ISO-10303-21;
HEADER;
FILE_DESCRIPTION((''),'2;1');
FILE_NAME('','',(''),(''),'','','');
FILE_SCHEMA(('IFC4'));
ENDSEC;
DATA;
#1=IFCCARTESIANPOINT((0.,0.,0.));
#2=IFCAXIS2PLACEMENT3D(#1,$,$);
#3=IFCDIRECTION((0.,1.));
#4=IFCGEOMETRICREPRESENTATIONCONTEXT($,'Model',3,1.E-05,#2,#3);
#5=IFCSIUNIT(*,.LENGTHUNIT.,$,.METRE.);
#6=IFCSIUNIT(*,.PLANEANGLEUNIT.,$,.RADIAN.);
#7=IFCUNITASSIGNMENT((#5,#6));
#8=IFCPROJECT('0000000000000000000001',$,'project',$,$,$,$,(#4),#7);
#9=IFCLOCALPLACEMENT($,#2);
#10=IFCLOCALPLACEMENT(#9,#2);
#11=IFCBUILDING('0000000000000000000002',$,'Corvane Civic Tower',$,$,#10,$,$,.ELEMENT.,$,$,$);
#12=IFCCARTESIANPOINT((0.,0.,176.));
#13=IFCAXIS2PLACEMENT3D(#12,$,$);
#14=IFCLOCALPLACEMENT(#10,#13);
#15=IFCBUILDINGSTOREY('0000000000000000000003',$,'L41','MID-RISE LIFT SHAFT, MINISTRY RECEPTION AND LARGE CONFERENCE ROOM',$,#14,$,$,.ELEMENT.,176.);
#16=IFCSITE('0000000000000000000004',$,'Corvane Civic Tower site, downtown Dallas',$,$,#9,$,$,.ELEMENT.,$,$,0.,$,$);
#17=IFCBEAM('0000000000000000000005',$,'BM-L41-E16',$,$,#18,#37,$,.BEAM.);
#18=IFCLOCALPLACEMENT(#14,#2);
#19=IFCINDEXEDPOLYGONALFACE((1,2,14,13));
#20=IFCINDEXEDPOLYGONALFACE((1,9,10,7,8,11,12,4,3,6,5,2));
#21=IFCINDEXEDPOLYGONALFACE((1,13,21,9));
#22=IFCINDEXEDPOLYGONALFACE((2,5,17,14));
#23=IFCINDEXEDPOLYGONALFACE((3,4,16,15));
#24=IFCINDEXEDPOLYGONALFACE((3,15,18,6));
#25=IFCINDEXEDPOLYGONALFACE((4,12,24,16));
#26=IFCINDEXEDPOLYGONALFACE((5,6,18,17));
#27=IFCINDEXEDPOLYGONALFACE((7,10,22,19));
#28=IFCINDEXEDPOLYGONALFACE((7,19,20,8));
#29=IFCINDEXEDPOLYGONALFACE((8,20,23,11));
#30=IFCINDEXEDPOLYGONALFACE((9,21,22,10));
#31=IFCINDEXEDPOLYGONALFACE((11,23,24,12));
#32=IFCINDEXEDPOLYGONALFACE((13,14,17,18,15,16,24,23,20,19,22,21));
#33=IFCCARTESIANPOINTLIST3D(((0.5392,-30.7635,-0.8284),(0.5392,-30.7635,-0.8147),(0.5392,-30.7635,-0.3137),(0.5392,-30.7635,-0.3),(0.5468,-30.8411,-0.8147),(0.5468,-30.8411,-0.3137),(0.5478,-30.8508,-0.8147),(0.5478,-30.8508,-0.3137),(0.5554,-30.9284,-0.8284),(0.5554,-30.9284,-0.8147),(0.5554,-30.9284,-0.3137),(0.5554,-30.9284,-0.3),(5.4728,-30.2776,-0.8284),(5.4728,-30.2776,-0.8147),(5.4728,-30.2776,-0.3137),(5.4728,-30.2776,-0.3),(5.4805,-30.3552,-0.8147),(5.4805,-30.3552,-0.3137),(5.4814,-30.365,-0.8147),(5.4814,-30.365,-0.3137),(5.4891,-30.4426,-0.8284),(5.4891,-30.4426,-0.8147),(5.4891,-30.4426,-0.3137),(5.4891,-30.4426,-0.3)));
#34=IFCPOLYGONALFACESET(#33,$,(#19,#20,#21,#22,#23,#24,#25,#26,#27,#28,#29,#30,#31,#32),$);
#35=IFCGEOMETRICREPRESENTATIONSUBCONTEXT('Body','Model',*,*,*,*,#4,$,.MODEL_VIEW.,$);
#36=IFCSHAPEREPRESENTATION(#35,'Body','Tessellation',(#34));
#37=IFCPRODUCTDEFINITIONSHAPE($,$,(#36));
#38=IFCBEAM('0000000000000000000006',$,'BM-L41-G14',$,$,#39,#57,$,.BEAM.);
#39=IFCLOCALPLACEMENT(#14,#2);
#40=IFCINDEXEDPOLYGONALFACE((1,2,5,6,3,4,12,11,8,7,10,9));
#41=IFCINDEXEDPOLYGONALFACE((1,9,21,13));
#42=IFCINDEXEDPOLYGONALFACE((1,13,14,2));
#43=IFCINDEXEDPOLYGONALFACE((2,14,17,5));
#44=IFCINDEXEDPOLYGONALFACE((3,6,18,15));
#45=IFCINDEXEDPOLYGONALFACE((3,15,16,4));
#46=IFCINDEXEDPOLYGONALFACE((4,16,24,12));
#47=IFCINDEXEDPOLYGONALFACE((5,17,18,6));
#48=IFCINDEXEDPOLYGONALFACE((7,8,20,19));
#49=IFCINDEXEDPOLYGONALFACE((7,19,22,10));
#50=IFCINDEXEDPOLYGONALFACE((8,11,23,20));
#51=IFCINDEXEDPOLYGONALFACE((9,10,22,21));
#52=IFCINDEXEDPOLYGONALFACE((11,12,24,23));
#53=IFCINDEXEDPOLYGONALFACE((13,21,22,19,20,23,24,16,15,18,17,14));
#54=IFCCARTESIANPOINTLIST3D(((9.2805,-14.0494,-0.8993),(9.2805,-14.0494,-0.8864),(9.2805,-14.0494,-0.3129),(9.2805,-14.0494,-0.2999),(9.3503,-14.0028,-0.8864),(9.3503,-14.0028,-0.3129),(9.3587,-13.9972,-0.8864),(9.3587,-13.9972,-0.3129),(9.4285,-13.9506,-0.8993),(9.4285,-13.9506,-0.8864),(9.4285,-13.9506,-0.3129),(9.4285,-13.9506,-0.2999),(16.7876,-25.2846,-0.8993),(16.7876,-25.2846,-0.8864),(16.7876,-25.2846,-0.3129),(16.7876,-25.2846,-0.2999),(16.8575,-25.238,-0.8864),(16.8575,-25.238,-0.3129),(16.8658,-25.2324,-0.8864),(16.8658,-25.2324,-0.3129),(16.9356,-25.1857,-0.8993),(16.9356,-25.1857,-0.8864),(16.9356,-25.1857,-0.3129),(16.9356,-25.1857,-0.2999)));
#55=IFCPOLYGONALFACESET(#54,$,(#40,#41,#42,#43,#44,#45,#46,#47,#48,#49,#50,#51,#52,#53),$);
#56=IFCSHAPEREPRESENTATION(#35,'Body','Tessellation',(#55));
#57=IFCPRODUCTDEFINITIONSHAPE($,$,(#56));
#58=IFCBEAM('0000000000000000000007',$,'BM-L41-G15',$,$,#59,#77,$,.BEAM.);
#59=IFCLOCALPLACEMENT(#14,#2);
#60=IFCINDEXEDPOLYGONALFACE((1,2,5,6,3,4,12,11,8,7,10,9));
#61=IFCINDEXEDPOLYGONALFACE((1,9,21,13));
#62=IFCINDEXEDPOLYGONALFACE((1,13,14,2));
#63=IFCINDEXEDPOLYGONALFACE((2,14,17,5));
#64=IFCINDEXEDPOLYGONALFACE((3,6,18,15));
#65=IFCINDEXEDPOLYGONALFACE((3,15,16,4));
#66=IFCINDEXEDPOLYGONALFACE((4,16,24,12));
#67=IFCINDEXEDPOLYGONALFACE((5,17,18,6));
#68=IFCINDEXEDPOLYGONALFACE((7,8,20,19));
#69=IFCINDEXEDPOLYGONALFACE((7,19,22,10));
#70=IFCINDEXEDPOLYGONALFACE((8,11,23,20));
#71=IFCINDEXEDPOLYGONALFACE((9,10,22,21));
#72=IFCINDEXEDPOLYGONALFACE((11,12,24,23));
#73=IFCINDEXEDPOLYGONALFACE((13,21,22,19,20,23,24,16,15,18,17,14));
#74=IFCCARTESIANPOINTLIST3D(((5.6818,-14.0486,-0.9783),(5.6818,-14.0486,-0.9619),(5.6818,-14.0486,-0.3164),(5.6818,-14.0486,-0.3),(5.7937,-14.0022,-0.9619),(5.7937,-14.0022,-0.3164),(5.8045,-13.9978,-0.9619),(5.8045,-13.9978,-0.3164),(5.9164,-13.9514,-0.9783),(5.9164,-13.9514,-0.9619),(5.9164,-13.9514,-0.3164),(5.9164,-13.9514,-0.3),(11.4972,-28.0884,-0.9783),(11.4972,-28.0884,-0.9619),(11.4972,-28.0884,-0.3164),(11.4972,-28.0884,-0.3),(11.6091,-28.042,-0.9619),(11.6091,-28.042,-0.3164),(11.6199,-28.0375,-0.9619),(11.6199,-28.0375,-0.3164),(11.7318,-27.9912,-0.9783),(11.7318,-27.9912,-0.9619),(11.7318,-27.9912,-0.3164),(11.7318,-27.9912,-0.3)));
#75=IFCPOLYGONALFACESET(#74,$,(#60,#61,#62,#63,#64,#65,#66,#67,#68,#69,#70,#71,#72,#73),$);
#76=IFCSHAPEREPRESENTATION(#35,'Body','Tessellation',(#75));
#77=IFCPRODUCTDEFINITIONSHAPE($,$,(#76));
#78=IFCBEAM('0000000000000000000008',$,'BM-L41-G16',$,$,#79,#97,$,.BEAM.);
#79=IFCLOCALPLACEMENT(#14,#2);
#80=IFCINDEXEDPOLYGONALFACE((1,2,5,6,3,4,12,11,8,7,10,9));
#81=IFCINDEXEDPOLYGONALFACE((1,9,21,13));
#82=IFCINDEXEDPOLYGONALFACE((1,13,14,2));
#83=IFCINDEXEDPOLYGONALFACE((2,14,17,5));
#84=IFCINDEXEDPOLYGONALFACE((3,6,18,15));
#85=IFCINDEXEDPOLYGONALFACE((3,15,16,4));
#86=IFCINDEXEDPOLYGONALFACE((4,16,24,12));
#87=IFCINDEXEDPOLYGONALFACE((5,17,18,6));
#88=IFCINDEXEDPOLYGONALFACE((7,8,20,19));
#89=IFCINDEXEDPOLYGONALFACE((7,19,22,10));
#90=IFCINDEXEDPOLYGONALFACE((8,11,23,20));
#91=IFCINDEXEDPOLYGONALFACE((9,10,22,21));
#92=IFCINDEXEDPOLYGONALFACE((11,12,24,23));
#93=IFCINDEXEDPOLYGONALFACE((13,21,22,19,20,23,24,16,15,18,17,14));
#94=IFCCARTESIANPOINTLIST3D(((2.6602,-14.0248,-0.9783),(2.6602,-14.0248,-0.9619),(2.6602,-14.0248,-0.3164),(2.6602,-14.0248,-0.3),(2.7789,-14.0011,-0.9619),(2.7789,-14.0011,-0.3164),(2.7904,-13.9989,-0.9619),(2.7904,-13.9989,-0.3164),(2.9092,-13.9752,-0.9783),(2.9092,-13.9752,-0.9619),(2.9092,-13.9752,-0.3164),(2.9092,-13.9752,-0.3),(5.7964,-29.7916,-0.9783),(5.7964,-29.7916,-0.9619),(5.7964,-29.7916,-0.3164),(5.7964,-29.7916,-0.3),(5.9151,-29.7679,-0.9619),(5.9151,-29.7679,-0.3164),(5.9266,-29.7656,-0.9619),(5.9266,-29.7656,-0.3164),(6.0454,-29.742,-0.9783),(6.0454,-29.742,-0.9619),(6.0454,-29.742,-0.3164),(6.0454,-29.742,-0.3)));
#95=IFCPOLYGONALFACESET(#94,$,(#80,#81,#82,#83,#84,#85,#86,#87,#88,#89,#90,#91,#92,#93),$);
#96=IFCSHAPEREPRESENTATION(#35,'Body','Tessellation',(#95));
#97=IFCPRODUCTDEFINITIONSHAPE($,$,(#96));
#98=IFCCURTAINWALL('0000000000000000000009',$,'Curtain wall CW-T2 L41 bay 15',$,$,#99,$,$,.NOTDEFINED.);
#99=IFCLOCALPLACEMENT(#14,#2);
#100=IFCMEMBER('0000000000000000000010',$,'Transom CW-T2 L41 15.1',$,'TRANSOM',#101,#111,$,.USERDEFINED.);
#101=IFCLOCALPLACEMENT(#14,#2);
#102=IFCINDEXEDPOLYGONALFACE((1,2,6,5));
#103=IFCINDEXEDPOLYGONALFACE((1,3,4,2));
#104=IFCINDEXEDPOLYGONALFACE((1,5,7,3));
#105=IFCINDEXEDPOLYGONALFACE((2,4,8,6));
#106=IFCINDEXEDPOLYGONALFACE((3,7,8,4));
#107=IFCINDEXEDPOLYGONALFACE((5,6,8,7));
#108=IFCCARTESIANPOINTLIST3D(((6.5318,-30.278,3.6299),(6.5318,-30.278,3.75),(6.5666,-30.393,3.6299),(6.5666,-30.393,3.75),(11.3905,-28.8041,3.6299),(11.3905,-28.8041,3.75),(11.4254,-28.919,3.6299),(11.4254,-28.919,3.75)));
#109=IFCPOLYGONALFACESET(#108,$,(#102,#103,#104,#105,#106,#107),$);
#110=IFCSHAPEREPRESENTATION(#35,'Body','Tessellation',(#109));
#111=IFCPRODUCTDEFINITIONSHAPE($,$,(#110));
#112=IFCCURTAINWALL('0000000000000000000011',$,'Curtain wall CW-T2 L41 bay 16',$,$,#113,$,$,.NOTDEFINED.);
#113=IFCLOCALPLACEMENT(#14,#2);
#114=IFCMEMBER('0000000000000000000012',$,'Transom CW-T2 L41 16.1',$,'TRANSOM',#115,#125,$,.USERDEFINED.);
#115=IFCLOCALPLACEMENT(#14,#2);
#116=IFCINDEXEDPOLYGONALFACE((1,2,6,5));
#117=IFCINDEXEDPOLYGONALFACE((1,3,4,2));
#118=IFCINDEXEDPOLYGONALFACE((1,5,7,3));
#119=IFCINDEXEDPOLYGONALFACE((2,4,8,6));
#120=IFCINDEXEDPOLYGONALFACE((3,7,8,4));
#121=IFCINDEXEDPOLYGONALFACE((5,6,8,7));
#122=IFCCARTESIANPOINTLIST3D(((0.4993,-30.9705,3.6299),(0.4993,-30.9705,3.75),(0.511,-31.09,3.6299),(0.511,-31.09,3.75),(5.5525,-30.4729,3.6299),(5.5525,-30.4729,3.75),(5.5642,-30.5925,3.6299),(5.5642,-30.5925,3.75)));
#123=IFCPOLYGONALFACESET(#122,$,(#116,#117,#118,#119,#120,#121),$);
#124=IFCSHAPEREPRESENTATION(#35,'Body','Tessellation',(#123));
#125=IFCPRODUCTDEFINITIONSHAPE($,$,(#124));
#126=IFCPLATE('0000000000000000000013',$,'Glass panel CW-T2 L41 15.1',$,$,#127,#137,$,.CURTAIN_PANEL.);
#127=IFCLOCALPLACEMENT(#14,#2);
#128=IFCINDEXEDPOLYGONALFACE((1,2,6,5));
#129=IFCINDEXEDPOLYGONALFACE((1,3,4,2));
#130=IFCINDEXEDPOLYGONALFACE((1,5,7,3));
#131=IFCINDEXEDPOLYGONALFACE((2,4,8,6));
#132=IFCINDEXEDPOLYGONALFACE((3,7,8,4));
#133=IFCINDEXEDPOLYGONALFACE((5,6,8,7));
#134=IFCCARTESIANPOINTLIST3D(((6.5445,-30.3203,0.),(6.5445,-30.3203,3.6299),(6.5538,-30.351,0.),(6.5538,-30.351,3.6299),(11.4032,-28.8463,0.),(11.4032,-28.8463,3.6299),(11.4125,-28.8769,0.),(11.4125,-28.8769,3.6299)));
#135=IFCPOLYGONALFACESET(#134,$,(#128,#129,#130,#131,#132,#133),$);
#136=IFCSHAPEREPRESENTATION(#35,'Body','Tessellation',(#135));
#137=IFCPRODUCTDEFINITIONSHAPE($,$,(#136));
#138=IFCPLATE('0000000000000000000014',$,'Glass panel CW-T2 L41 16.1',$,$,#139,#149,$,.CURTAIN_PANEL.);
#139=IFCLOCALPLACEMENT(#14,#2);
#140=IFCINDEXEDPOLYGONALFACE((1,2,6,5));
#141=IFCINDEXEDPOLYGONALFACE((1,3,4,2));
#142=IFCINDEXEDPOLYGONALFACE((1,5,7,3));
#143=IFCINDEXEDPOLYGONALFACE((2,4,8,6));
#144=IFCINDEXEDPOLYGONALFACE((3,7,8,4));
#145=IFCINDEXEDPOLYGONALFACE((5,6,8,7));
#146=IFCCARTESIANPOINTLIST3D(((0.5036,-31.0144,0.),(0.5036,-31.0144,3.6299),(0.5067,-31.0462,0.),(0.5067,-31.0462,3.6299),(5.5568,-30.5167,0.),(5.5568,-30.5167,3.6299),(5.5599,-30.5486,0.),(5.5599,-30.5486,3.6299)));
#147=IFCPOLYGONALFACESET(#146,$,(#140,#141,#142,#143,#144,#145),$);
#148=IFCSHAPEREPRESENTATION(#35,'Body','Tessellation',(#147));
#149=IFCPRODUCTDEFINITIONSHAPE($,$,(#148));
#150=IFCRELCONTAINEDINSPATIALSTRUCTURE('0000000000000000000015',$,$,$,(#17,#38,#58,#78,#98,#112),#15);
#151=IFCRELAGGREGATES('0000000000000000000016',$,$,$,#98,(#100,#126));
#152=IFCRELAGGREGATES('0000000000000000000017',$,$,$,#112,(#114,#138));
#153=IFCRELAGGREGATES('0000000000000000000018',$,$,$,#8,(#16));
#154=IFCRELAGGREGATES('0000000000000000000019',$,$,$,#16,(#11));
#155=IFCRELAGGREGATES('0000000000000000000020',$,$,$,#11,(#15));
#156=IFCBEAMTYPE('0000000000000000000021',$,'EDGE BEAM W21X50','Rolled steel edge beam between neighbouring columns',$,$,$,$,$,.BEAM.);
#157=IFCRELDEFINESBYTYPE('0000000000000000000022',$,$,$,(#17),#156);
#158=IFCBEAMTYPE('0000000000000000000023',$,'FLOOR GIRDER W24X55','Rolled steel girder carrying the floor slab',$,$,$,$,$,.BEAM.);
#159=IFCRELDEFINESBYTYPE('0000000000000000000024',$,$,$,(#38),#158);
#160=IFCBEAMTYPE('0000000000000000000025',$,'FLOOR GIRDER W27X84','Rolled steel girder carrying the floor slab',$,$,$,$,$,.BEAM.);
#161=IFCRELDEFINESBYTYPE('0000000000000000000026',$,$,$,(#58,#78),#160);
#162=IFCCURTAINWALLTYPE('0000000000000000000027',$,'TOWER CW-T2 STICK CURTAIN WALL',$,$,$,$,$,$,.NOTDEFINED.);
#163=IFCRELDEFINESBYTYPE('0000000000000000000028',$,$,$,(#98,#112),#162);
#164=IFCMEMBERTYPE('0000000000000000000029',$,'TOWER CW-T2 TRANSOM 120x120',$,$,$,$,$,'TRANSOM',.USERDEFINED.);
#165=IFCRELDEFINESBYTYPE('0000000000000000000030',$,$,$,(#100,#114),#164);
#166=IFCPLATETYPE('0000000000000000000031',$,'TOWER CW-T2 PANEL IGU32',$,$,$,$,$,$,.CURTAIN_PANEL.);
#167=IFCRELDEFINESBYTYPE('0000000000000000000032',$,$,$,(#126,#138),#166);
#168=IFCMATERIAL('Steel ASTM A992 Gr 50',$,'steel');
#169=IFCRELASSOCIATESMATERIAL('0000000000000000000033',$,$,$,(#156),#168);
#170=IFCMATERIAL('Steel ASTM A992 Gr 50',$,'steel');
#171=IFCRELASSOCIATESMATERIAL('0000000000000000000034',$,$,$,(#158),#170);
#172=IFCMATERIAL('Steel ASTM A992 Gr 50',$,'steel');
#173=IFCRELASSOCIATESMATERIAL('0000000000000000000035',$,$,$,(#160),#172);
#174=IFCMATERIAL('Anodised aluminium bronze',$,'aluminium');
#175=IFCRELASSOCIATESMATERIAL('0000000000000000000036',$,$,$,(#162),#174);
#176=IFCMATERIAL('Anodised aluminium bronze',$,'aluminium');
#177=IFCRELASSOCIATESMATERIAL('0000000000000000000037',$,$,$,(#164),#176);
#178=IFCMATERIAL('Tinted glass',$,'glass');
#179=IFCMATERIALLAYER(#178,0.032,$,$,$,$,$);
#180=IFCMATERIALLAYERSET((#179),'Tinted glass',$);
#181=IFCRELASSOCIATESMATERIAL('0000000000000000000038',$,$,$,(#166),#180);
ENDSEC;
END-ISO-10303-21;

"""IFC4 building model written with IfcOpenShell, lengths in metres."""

from ifc_helpers import new_model, si_unit, direction, frame, origin, origin_2d, place, context, subcontext, project, spatial, rectangle, i_section, extrude, material, layer, layer_set, material_profile, profile_set, type_object, element, aggregate, save


model = new_model("IFC4")

# Units and contexts
model_context = context("Model", 3, precision=1e-05, world=origin(), true_north=direction((0.0, 1.0)))
body_context = subcontext(model_context, "Body", "Model", "MODEL_VIEW")
ifc_project = project(units=[si_unit("LENGTHUNIT", "METRE"), si_unit("PLANEANGLEUNIT", "RADIAN")], contexts=[model_context])

# Site, building, storey
site_placement = place(None, origin())
site = spatial("IfcSite", under=ifc_project, at=site_placement, Name="Corvane Civic Tower site, downtown Dallas", CompositionType="ELEMENT", RefElevation=0.0)
building_placement = place(site_placement, origin())
building = spatial("IfcBuilding", under=site, at=building_placement, Name="Corvane Civic Tower", CompositionType="ELEMENT")
storey_placement = place(building_placement, frame((0.0, 0.0, 176.0)))
storey = spatial("IfcBuildingStorey", under=building, at=storey_placement, Name="L41", Description="MID-RISE LIFT SHAFT, MINISTRY RECEPTION AND LARGE CONFERENCE ROOM", CompositionType="ELEMENT", Elevation=176.0)

# Beams
ifc_material_1 = material(Name="Steel ASTM A992 Gr 50", Category="steel")
ifc_material_profile_1 = material_profile(ifc_material_1, i_section(OverallWidth=0.1658, OverallDepth=0.5283, WebThickness=0.0098, FlangeThickness=0.0137, at=origin_2d()), Name="W21X50")
ifc_profile_set_1 = profile_set([ifc_material_profile_1], Name="Steel ASTM A992 Gr 50")
beam_type_1 = type_object("IfcBeamType", Name="EDGE BEAM W21X50", Description="Rolled steel edge beam between neighbouring columns", PredefinedType="BEAM", material=ifc_profile_set_1)
beam_1_placement = place(storey_placement, frame((5.481, -30.3601, -0.5642), z_axis=(-0.995186, -0.098002, 0.0), x_axis=(0.098002, -0.995186, 0.0)))
element("IfcBeam", 1, at=beam_1_placement, inside=storey, type_object=beam_type_1, Name="BM-L41-E16", PredefinedType="BEAM", context=body_context, shape_type="SweptSolid", body=[
    extrude(i_section(OverallWidth=0.1658, OverallDepth=0.5283, WebThickness=0.0098, FlangeThickness=0.0137, at=origin_2d()), origin(), (0.0, 0.0, 1.0), 4.9575),
])
ifc_material_2 = material(Name="Steel ASTM A992 Gr 50", Category="steel")
ifc_material_profile_2 = material_profile(ifc_material_2, i_section(OverallWidth=0.178, OverallDepth=0.5994, WebThickness=0.01, FlangeThickness=0.0129, at=origin_2d()), Name="W24X55")
ifc_profile_set_2 = profile_set([ifc_material_profile_2], Name="Steel ASTM A992 Gr 50")
beam_type_2 = type_object("IfcBeamType", Name="FLOOR GIRDER W24X55", Description="Rolled steel girder carrying the floor slab", PredefinedType="BEAM", material=ifc_profile_set_2)
beam_2_placement = place(storey_placement, frame((9.3545, -14.0, -0.5996), z_axis=(0.555571, -0.831469, 0.0), x_axis=(0.831469, 0.555571, 0.0)))
element("IfcBeam", 2, at=beam_2_placement, inside=storey, type_object=beam_type_2, Name="BM-L41-G14", PredefinedType="BEAM", context=body_context, shape_type="SweptSolid", body=[
    extrude(i_section(OverallWidth=0.178, OverallDepth=0.5994, WebThickness=0.01, FlangeThickness=0.0129, at=origin_2d()), origin(), (0.0, 0.0, 1.0), 13.5125),
])
ifc_material_3 = material(Name="Steel ASTM A992 Gr 50", Category="steel")
ifc_material_profile_3 = material_profile(ifc_material_3, i_section(OverallWidth=0.2539, OverallDepth=0.6782, WebThickness=0.0117, FlangeThickness=0.0164, at=origin_2d()), Name="W27X84")
ifc_profile_set_3 = profile_set([ifc_material_profile_3], Name="Steel ASTM A992 Gr 50")
beam_type_3 = type_object("IfcBeamType", Name="FLOOR GIRDER W27X84", Description="Rolled steel girder carrying the floor slab", PredefinedType="BEAM", material=ifc_profile_set_3)
beam_3_placement = place(storey_placement, frame((5.7991, -14.0, -0.6392), z_axis=(0.382681, -0.923881, 0.0), x_axis=(0.923881, 0.382681, 0.0)))
element("IfcBeam", 3, at=beam_3_placement, inside=storey, type_object=beam_type_3, Name="BM-L41-G15", PredefinedType="BEAM", context=body_context, shape_type="SweptSolid", body=[
    extrude(i_section(OverallWidth=0.2539, OverallDepth=0.6782, WebThickness=0.0117, FlangeThickness=0.0164, at=origin_2d()), origin(), (0.0, 0.0, 1.0), 15.1965),
])
beam_4_placement = place(storey_placement, frame((2.7847, -14.0, -0.6392), z_axis=(0.195091, -0.980785, 0.0), x_axis=(0.980785, 0.195091, 0.0)))
element("IfcBeam", 4, at=beam_4_placement, inside=storey, type_object=beam_type_3, Name="BM-L41-G16", PredefinedType="BEAM", context=body_context, shape_type="SweptSolid", body=[
    extrude(i_section(OverallWidth=0.2539, OverallDepth=0.6782, WebThickness=0.0117, FlangeThickness=0.0164, at=origin_2d()), origin(), (0.0, 0.0, 1.0), 16.0757),
])

# Curtain walls, members
ifc_material_4 = material(Name="Anodised aluminium bronze", Category="aluminium")
curtain_wall_type = type_object("IfcCurtainWallType", Name="TOWER CW-T2 STICK CURTAIN WALL", PredefinedType="NOTDEFINED", material=ifc_material_4)
curtain_wall_1_placement = place(storey_placement, origin())
curtain_wall_1 = element("IfcCurtainWall", 5, at=curtain_wall_1_placement, inside=storey, type_object=curtain_wall_type, Name="Curtain wall CW-T2 L41 bay 15", PredefinedType="NOTDEFINED")
ifc_material_5 = material(Name="Anodised aluminium bronze", Category="aluminium")
ifc_material_profile_4 = material_profile(ifc_material_5, rectangle(XDim=0.1201, YDim=0.1201, at=origin_2d()), Name="TOWER CW-T2 TRANSOM 120x120")
ifc_profile_set_4 = profile_set([ifc_material_profile_4], Name="Anodised aluminium bronze")
member_type = type_object("IfcMemberType", Name="TOWER CW-T2 TRANSOM 120x120", ElementType="TRANSOM", PredefinedType="USERDEFINED", material=ifc_profile_set_4)
member_1_placement = place(storey_placement, frame((11.408, -28.8616, 3.6899), z_axis=(-0.956939, -0.290289, 0.0), x_axis=(0.290289, -0.956939, 0.0)))
member_1 = element("IfcMember", 6, at=member_1_placement, type_object=member_type, Name="Transom CW-T2 L41 15.1", ObjectType="TRANSOM", PredefinedType="USERDEFINED", context=body_context, shape_type="SweptSolid", body=[
    extrude(rectangle(XDim=0.1201, YDim=0.1201, at=origin_2d()), origin(), (0.0, 0.0, 1.0), 5.0774),
])
curtain_wall_2_placement = place(storey_placement, origin())
curtain_wall_2 = element("IfcCurtainWall", 7, at=curtain_wall_2_placement, inside=storey, type_object=curtain_wall_type, Name="Curtain wall CW-T2 L41 bay 16", PredefinedType="NOTDEFINED")
member_2_placement = place(storey_placement, frame((5.5583, -30.5327, 3.6899), z_axis=(-0.995187, -0.09799, 0.0), x_axis=(0.09799, -0.995187, 0.0)))
member_2 = element("IfcMember", 8, at=member_2_placement, type_object=member_type, Name="Transom CW-T2 L41 16.1", ObjectType="TRANSOM", PredefinedType="USERDEFINED", context=body_context, shape_type="SweptSolid", body=[
    extrude(rectangle(XDim=0.1201, YDim=0.1201, at=origin_2d()), origin(), (0.0, 0.0, 1.0), 5.0776),
])

# Plates
ifc_material_6 = material(Name="Tinted glass", Category="glass")
ifc_layer_1 = layer(ifc_material_6, 0.032)
ifc_layer_set_1 = layer_set([ifc_layer_1], Name="Tinted glass")
plate_type = type_object("IfcPlateType", Name="TOWER CW-T2 PANEL IGU32", PredefinedType="CURTAIN_PANEL", material=ifc_layer_set_1)
plate_1_placement = place(storey_placement, frame((8.9785, -29.5986, 0.0), z_axis=(0.0, 0.0, 1.0), x_axis=(-0.956932, -0.290313, 0.0)))
plate_1 = element("IfcPlate", 9, at=plate_1_placement, type_object=plate_type, Name="Glass panel CW-T2 L41 15.1", PredefinedType="CURTAIN_PANEL", context=body_context, shape_type="SweptSolid", body=[
    extrude(rectangle(XDim=5.0774, YDim=0.032, at=origin_2d()), origin(), (0.0, 0.0, 1.0), 3.6299),
])
aggregate(curtain_wall_1, [member_1, plate_1])
plate_2_placement = place(storey_placement, frame((3.0317, -30.7815, 0.0), z_axis=(0.0, 0.0, 1.0), x_axis=(-0.995185, -0.098012, 0.0)))
plate_2 = element("IfcPlate", 10, at=plate_2_placement, type_object=plate_type, Name="Glass panel CW-T2 L41 16.1", PredefinedType="CURTAIN_PANEL", context=body_context, shape_type="SweptSolid", body=[
    extrude(rectangle(XDim=5.0776, YDim=0.032, at=origin_2d()), origin(), (0.0, 0.0, 1.0), 3.6299),
])
aggregate(curtain_wall_2, [member_2, plate_2])

save(model, "model.ifc")
